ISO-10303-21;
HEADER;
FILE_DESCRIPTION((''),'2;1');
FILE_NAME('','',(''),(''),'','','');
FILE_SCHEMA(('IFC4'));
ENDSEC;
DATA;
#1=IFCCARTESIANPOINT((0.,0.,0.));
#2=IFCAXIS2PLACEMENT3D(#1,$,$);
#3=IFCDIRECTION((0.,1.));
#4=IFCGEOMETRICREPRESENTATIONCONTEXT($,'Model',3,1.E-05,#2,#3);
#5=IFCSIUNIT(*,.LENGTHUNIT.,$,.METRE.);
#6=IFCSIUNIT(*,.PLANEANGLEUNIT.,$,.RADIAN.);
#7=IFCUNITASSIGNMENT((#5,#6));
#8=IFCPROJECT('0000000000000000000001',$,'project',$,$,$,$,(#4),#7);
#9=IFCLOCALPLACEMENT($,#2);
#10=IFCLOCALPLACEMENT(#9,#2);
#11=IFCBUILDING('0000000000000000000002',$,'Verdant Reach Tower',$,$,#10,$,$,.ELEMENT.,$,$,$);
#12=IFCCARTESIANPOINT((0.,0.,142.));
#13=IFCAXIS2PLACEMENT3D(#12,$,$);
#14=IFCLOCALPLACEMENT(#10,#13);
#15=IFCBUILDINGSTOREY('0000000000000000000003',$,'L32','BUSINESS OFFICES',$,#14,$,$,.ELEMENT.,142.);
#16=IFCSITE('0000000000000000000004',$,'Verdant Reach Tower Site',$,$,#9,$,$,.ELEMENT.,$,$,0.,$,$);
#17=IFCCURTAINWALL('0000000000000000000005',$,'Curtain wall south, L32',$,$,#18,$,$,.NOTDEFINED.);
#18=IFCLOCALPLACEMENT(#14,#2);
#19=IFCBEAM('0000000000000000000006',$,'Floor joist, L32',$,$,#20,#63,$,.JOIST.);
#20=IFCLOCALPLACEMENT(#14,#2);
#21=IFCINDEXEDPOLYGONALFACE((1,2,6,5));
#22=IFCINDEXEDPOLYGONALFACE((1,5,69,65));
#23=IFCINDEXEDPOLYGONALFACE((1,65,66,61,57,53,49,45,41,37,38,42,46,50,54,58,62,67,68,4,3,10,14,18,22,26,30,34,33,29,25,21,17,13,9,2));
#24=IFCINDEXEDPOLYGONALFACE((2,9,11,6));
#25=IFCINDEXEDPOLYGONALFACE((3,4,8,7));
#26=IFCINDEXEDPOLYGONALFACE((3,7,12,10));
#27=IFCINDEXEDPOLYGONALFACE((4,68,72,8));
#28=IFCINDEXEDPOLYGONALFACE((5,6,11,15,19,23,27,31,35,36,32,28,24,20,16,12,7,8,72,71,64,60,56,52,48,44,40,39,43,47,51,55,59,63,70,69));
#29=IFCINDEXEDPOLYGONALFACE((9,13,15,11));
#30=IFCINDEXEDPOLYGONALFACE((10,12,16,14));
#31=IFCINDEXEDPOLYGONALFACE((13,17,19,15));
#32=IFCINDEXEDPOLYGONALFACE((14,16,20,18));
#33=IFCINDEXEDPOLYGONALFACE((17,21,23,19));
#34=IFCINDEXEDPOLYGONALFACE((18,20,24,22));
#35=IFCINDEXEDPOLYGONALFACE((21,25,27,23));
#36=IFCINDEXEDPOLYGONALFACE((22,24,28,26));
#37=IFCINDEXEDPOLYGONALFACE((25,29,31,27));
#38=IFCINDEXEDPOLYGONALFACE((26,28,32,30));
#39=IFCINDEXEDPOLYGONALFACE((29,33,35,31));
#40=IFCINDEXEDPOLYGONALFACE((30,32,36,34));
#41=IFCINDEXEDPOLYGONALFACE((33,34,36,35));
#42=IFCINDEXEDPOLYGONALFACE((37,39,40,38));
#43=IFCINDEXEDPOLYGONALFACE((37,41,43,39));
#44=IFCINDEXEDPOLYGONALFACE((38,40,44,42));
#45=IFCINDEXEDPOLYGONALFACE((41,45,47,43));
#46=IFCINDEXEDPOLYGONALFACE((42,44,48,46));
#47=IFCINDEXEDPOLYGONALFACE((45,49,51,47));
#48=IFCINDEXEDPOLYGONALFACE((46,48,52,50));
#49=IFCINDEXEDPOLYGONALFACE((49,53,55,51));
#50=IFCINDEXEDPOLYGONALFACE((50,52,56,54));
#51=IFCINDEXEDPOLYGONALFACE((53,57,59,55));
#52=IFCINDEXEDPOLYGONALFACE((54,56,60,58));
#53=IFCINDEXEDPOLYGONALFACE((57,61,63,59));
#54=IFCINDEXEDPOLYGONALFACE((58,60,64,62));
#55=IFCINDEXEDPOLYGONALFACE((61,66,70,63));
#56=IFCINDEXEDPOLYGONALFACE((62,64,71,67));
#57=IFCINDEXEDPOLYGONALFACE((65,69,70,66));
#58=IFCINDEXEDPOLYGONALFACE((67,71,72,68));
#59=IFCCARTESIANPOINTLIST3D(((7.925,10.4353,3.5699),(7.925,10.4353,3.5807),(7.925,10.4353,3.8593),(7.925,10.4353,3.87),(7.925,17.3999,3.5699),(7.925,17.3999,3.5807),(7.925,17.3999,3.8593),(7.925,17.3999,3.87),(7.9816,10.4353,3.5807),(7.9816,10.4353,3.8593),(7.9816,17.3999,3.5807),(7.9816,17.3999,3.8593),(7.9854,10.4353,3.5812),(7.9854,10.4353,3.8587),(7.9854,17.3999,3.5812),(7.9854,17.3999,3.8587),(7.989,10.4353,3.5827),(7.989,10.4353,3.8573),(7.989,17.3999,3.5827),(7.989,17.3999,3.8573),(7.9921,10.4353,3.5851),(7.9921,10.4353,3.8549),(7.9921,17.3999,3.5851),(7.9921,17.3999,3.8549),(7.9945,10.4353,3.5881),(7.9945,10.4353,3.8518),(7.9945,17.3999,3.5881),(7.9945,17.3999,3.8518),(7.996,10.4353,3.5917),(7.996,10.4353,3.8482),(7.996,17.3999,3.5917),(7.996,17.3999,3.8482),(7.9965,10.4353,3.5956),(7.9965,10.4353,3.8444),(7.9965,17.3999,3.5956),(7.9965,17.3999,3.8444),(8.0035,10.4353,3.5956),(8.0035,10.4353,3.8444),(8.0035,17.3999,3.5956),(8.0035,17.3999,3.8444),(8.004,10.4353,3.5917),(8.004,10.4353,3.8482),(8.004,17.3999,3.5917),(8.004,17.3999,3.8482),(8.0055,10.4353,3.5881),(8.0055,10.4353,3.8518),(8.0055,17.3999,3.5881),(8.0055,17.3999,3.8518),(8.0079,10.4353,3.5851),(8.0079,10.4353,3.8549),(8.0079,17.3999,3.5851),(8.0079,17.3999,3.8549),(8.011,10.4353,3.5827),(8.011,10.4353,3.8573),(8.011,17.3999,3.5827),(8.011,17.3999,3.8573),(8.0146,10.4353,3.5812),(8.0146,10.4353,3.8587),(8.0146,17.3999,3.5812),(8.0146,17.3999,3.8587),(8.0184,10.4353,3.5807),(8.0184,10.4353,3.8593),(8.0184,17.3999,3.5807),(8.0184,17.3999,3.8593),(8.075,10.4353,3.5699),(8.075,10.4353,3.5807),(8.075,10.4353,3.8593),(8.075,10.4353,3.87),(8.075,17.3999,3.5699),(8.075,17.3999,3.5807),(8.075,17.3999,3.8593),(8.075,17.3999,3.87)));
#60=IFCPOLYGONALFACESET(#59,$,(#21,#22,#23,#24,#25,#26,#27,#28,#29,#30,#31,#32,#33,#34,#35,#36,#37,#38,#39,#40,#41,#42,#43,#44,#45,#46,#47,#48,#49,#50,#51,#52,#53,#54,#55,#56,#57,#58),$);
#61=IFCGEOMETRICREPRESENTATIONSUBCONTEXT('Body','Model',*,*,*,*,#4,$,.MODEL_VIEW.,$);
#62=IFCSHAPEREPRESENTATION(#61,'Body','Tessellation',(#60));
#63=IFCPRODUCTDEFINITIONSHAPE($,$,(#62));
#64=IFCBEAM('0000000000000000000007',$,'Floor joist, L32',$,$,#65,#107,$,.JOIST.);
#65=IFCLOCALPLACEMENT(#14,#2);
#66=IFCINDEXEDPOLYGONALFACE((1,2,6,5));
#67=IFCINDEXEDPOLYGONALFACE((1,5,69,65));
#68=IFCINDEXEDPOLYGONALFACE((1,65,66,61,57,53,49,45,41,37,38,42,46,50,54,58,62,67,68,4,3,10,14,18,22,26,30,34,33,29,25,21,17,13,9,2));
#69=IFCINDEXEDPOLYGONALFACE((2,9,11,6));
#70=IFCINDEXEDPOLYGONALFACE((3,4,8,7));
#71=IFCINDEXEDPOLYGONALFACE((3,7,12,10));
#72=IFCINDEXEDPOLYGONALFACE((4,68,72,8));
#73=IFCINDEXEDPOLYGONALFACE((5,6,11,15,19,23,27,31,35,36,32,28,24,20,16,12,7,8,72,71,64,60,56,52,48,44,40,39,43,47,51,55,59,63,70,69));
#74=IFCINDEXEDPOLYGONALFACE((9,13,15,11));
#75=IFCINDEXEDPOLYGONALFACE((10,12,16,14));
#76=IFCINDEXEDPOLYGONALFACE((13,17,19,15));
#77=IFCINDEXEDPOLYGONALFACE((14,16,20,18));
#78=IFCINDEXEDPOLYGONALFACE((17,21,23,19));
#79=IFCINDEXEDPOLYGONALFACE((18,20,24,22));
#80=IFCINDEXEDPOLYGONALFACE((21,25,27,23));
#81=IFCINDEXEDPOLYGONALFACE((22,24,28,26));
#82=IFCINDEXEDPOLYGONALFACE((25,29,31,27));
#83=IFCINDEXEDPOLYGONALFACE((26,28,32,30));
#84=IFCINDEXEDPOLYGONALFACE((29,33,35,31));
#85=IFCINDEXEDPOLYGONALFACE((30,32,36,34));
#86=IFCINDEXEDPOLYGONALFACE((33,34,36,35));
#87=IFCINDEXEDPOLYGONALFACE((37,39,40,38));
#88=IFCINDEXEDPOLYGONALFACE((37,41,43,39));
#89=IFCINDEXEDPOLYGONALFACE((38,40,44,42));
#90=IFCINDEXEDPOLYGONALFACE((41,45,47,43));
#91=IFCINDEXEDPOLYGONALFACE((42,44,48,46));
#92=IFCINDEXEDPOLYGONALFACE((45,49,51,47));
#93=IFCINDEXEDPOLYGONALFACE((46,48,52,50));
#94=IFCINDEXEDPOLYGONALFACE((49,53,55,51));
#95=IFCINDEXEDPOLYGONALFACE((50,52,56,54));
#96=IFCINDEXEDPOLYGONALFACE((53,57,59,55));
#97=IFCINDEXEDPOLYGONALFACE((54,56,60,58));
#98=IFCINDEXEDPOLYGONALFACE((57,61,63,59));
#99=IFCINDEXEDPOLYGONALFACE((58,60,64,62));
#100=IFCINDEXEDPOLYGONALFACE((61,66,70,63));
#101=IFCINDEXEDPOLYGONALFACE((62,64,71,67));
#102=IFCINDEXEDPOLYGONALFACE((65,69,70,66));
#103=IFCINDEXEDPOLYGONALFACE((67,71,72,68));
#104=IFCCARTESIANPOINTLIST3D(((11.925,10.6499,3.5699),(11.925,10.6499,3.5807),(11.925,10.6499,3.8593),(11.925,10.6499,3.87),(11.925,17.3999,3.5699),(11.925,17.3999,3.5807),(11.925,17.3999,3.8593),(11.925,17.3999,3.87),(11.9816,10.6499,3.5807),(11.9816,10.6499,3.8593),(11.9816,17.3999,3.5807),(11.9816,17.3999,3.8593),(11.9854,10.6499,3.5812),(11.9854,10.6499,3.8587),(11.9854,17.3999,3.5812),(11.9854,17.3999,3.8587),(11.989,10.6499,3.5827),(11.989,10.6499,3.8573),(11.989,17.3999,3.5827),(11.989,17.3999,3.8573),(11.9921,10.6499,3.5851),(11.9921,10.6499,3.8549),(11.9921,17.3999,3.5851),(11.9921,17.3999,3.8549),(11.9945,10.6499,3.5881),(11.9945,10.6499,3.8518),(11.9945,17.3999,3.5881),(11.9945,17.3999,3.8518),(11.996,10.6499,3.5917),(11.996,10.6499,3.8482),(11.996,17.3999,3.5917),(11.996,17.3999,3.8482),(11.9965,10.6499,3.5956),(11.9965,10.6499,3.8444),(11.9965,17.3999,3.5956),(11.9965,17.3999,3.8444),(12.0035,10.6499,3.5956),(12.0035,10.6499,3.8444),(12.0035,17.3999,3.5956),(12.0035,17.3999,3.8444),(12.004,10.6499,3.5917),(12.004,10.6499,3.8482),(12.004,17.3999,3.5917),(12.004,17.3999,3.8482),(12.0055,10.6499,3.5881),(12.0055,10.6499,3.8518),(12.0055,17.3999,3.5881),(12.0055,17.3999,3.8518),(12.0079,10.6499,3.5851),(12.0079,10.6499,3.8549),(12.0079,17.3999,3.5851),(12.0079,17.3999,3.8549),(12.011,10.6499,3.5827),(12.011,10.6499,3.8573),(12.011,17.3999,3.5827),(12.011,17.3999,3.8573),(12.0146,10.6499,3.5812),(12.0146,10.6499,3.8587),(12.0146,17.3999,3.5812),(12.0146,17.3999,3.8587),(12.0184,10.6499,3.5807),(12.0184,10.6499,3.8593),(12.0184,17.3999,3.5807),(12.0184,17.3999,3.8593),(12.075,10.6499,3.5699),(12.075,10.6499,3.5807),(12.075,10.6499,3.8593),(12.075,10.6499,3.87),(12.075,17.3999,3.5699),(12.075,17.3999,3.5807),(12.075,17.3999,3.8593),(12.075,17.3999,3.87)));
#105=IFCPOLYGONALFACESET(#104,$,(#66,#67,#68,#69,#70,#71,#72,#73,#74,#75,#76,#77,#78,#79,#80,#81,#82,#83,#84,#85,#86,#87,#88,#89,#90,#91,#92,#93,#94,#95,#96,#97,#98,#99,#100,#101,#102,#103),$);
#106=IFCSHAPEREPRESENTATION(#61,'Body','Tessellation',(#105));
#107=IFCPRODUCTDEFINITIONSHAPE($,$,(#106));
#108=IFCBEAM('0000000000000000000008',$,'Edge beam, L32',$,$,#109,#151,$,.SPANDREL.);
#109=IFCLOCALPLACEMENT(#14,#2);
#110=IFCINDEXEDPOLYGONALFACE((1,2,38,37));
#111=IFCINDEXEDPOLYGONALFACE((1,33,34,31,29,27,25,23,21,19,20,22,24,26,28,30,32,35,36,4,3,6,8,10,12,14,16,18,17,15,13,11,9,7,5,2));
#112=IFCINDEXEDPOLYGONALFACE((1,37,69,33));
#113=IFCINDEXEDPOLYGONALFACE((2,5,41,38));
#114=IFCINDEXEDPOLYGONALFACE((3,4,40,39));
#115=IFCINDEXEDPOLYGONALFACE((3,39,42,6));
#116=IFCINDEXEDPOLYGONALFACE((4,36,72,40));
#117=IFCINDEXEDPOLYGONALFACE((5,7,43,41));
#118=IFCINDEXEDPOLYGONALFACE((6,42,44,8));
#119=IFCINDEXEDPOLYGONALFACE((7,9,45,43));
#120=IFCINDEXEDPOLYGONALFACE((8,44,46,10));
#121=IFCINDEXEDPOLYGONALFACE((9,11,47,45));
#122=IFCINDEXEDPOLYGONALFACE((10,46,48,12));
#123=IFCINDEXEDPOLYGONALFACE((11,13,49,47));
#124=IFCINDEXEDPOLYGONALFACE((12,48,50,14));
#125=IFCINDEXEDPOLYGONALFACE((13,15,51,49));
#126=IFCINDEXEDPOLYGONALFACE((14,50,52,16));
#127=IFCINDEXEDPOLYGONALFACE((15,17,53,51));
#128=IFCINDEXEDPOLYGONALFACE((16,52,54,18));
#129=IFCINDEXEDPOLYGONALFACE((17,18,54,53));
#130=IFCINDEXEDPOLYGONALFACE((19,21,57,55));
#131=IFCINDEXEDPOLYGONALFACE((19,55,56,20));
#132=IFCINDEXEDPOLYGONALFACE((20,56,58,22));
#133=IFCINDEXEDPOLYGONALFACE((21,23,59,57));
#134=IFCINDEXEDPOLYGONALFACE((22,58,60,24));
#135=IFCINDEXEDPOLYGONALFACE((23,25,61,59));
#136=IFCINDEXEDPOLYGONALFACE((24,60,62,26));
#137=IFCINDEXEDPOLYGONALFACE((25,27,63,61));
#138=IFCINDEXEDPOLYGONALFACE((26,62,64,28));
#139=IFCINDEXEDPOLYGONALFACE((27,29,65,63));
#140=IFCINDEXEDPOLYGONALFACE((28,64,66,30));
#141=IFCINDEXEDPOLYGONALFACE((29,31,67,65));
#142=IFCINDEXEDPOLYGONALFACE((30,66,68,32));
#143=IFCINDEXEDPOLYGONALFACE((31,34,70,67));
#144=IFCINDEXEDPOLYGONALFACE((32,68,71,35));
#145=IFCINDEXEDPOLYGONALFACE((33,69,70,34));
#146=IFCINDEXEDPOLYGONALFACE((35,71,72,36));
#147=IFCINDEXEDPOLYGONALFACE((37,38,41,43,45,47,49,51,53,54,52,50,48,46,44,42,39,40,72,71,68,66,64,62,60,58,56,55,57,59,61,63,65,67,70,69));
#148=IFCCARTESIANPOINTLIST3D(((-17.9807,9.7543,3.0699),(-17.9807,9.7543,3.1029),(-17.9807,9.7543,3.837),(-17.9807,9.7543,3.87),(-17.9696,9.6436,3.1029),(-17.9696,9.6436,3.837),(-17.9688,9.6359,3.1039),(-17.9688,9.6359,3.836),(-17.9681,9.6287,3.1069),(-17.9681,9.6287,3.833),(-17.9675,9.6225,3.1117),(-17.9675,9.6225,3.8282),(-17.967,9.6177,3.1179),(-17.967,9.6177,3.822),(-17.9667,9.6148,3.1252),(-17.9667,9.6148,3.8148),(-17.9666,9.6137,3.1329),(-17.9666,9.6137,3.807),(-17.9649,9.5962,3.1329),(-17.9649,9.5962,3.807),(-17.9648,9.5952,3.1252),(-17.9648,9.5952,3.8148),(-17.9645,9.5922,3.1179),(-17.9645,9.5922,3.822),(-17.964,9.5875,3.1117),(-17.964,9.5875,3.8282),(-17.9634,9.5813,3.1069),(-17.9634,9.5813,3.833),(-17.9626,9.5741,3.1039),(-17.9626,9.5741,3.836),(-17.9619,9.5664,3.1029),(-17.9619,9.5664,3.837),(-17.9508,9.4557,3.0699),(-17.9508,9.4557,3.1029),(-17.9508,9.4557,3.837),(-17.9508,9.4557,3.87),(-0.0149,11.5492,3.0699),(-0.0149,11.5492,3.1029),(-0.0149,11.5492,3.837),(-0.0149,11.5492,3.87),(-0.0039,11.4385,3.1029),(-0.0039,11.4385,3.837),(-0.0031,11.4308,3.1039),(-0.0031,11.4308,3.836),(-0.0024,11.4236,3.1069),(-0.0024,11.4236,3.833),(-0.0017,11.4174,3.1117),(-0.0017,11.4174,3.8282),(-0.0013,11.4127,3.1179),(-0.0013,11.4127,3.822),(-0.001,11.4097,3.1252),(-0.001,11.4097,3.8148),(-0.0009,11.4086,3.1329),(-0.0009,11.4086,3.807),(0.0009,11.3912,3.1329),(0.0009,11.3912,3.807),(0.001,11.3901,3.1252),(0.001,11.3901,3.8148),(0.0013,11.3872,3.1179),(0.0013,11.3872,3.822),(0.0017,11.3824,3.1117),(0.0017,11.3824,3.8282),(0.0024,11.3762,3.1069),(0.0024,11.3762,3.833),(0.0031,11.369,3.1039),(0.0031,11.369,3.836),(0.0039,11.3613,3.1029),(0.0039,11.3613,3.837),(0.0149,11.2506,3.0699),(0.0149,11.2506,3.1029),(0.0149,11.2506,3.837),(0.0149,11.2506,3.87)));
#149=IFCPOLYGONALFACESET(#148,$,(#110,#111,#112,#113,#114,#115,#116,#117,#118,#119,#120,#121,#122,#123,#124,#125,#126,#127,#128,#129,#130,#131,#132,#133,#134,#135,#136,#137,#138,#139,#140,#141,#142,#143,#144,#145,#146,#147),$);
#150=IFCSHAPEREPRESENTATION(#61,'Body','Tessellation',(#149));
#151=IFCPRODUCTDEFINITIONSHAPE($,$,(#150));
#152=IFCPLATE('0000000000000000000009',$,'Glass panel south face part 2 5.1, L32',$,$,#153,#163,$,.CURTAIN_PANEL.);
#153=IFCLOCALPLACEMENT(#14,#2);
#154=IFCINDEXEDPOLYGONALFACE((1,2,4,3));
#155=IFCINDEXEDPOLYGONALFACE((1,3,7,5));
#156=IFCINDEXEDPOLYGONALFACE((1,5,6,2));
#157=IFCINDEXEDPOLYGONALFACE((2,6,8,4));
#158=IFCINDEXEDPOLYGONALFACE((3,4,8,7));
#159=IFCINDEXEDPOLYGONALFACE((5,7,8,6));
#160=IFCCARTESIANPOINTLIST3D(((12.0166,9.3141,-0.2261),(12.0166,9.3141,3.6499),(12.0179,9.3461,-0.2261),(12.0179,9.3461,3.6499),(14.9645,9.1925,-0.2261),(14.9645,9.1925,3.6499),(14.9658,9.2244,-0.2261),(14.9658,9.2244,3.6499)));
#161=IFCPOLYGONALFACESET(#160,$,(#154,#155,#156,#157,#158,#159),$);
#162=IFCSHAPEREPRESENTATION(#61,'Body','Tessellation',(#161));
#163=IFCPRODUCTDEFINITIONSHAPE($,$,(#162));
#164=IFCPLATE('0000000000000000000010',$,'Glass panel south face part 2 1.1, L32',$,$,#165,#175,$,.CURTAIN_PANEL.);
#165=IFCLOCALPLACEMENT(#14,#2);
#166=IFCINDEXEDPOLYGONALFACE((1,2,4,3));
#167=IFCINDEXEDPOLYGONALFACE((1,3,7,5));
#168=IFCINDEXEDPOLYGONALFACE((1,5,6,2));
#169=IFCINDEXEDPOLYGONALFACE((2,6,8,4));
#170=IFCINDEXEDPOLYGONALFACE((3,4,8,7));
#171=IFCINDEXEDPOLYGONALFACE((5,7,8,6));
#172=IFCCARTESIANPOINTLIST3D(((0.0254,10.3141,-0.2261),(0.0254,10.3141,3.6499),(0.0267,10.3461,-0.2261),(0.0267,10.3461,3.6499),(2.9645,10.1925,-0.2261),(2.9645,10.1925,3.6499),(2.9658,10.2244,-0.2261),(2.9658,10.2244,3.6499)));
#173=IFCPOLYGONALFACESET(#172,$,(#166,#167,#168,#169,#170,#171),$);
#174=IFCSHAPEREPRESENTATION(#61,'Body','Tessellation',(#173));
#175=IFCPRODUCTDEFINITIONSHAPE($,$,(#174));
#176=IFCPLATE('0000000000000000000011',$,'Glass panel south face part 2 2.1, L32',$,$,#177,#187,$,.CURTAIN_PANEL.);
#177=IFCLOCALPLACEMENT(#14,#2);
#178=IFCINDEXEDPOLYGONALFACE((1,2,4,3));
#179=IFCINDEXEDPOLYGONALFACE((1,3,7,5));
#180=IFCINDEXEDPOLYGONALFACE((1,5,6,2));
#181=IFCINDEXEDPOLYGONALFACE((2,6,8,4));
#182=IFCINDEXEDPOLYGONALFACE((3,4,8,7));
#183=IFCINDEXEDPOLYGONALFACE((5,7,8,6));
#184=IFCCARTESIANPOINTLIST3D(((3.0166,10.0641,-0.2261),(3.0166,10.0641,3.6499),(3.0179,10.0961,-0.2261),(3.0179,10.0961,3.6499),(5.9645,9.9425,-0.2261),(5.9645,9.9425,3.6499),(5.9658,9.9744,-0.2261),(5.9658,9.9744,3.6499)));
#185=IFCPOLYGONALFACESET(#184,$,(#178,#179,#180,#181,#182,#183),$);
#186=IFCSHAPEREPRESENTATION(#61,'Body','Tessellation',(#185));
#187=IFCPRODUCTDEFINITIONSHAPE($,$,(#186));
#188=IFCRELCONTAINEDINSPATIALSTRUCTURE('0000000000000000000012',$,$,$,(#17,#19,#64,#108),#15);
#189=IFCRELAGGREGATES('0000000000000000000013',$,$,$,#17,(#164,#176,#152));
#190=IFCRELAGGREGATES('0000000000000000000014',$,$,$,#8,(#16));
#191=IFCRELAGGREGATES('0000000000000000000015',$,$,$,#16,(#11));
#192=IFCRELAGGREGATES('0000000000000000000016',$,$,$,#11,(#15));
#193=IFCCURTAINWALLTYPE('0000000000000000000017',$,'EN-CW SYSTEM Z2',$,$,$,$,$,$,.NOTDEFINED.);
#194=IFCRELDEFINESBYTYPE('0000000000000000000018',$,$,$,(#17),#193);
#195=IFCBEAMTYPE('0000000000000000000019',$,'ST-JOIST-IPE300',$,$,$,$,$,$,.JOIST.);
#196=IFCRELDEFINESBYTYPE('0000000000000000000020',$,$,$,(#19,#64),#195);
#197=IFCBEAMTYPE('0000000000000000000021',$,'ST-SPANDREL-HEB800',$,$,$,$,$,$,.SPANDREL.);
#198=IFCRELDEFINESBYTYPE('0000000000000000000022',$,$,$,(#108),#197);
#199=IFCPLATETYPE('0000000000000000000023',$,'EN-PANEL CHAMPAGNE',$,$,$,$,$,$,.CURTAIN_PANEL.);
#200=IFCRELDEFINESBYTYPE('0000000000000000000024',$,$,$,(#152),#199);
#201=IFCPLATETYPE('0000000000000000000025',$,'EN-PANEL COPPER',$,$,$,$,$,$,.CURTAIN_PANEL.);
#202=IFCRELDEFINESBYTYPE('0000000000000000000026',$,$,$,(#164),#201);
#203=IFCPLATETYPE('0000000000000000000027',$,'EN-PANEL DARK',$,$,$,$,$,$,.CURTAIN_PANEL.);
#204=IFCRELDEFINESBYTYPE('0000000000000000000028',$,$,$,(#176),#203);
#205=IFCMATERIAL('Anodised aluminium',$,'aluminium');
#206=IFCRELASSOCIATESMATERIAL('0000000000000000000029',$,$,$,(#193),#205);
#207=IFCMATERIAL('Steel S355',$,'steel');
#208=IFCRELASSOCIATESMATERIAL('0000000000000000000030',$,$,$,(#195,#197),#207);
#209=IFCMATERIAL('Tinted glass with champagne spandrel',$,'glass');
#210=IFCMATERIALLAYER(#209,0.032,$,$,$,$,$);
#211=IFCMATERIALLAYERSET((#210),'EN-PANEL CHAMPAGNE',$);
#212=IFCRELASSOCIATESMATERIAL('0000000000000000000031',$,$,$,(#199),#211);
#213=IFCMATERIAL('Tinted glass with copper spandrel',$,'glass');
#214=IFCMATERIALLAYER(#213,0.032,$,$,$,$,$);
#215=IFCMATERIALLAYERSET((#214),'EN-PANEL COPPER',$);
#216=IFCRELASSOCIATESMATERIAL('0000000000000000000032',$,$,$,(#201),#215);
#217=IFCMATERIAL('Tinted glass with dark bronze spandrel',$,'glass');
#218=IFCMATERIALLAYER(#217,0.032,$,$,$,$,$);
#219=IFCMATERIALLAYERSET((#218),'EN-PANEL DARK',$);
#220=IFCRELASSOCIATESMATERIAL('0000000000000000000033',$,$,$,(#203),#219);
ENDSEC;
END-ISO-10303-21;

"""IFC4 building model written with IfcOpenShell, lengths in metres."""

from ifc_helpers import new_model, si_unit, direction, frame, origin, origin_2d, place, context, subcontext, project, spatial, rectangle, i_section, extrude, material, layer, layer_set, material_profile, profile_set, type_object, element, aggregate, save


model = new_model("IFC4")

# Units and contexts
model_context = context("Model", 3, precision=1e-05, world=origin(), true_north=direction((0.0, 1.0)))
body_context = subcontext(model_context, "Body", "Model", "MODEL_VIEW")
ifc_project = project(units=[si_unit("LENGTHUNIT", "METRE"), si_unit("PLANEANGLEUNIT", "RADIAN")], contexts=[model_context])

# Site, building, storey
site_placement = place(None, origin())
site = spatial("IfcSite", under=ifc_project, at=site_placement, Name="Verdant Reach Tower Site", CompositionType="ELEMENT", RefElevation=0.0)
building_placement = place(site_placement, origin())
building = spatial("IfcBuilding", under=site, at=building_placement, Name="Verdant Reach Tower", CompositionType="ELEMENT")
storey_placement = place(building_placement, frame((0.0, 0.0, 142.0)))
storey = spatial("IfcBuildingStorey", under=building, at=storey_placement, Name="L32", Description="BUSINESS OFFICES", CompositionType="ELEMENT", Elevation=142.0)

# Curtain wall
ifc_material_1 = material(Name="Anodised aluminium", Category="aluminium")
curtain_wall_type = type_object("IfcCurtainWallType", Name="EN-CW SYSTEM Z2", PredefinedType="NOTDEFINED", material=ifc_material_1)
curtain_wall_placement = place(storey_placement, origin())
curtain_wall = element("IfcCurtainWall", 1, at=curtain_wall_placement, inside=storey, type_object=curtain_wall_type, Name="Curtain wall south, L32", PredefinedType="NOTDEFINED")

# Beams
ifc_material_2 = material(Name="Steel S355", Category="steel")
ifc_material_profile_1 = material_profile(ifc_material_2, i_section(OverallWidth=0.1499, OverallDepth=0.3, WebThickness=0.0071, FlangeThickness=0.0107, FilletRadius=0.0149, at=origin_2d()), Name="IPE 300")
ifc_profile_set_1 = profile_set([ifc_material_profile_1], Name="Steel S355")
beam_type_1 = type_object("IfcBeamType", Name="ST-JOIST-IPE300", PredefinedType="JOIST", material=ifc_profile_set_1)
beam_1_placement = place(storey_placement, frame((8.0, 17.3999, 3.72), z_axis=(0.0, -1.0, 0.0), x_axis=(1.0, 0.0, 0.0)))
element("IfcBeam", 2, at=beam_1_placement, inside=storey, type_object=beam_type_1, Name="Floor joist, L32", PredefinedType="JOIST", context=body_context, shape_type="SweptSolid", body=[
    extrude(i_section(OverallWidth=0.1499, OverallDepth=0.3, WebThickness=0.0071, FlangeThickness=0.0107, FilletRadius=0.0149, at=origin_2d()), origin(), (0.0, 0.0, 1.0), 6.9646),
])
beam_2_placement = place(storey_placement, frame((12.0, 17.3999, 3.72), z_axis=(0.0, -1.0, 0.0), x_axis=(1.0, 0.0, 0.0)))
element("IfcBeam", 3, at=beam_2_placement, inside=storey, type_object=beam_type_1, Name="Floor joist, L32", PredefinedType="JOIST", context=body_context, shape_type="SweptSolid", body=[
    extrude(i_section(OverallWidth=0.1499, OverallDepth=0.3, WebThickness=0.0071, FlangeThickness=0.0107, FilletRadius=0.0149, at=origin_2d()), origin(), (0.0, 0.0, 1.0), 6.75),
])
ifc_material_profile_2 = material_profile(ifc_material_2, i_section(OverallWidth=0.3, OverallDepth=0.8, WebThickness=0.0176, FlangeThickness=0.033, FilletRadius=0.03, at=origin_2d()), Name="HEB 800")
ifc_profile_set_2 = profile_set([ifc_material_profile_2], Name="Steel S355")
beam_type_2 = type_object("IfcBeamType", Name="ST-SPANDREL-HEB800", PredefinedType="SPANDREL", material=ifc_profile_set_2)
beam_3_placement = place(storey_placement, frame((0.0, 11.3999, 3.47), z_axis=(-0.995046, -0.099413, 0.0), x_axis=(0.099413, -0.995046, 0.0)))
element("IfcBeam", 4, at=beam_3_placement, inside=storey, type_object=beam_type_2, Name="Edge beam, L32", PredefinedType="SPANDREL", context=body_context, shape_type="SweptSolid", body=[
    extrude(i_section(OverallWidth=0.3, OverallDepth=0.8, WebThickness=0.0176, FlangeThickness=0.033, FilletRadius=0.03, at=origin_2d()), origin(), (0.0, 0.0, 1.0), 18.0552),
])

# Plates
ifc_material_3 = material(Name="Tinted glass with champagne spandrel", Category="glass")
ifc_layer_1 = layer(ifc_material_3, 0.032)
ifc_layer_set_1 = layer_set([ifc_layer_1], Name="EN-PANEL CHAMPAGNE")
plate_type_1 = type_object("IfcPlateType", Name="EN-PANEL CHAMPAGNE", PredefinedType="CURTAIN_PANEL", material=ifc_layer_set_1)
plate_1_placement = place(storey_placement, frame((13.4912, 9.2693, -0.2261), z_axis=(0.0, 0.0, 1.0), x_axis=(0.999149, -0.041242, 0.0)))
plate_1 = element("IfcPlate", 5, at=plate_1_placement, type_object=plate_type_1, Name="Glass panel south face part 2 5.1, L32", PredefinedType="CURTAIN_PANEL", context=body_context, shape_type="SweptSolid", body=[
    extrude(rectangle(XDim=2.9504, YDim=0.032, at=origin_2d()), origin(), (0.0, 0.0, 1.0), 3.876),
])
ifc_material_4 = material(Name="Tinted glass with copper spandrel", Category="glass")
ifc_layer_2 = layer(ifc_material_4, 0.032)
ifc_layer_set_2 = layer_set([ifc_layer_2], Name="EN-PANEL COPPER")
plate_type_2 = type_object("IfcPlateType", Name="EN-PANEL COPPER", PredefinedType="CURTAIN_PANEL", material=ifc_layer_set_2)
plate_2_placement = place(storey_placement, frame((1.4956, 10.2693, -0.2261), z_axis=(0.0, 0.0, 1.0), x_axis=(0.999144, -0.041364, 0.0)))
plate_2 = element("IfcPlate", 6, at=plate_2_placement, type_object=plate_type_2, Name="Glass panel south face part 2 1.1, L32", PredefinedType="CURTAIN_PANEL", context=body_context, shape_type="SweptSolid", body=[
    extrude(rectangle(XDim=2.9417, YDim=0.032, at=origin_2d()), origin(), (0.0, 0.0, 1.0), 3.876),
])
ifc_material_5 = material(Name="Tinted glass with dark bronze spandrel", Category="glass")
ifc_layer_3 = layer(ifc_material_5, 0.032)
ifc_layer_set_3 = layer_set([ifc_layer_3], Name="EN-PANEL DARK")
plate_type_3 = type_object("IfcPlateType", Name="EN-PANEL DARK", PredefinedType="CURTAIN_PANEL", material=ifc_layer_set_3)
plate_3_placement = place(storey_placement, frame((4.4912, 10.0193, -0.2261), z_axis=(0.0, 0.0, 1.0), x_axis=(0.999149, -0.041242, 0.0)))
plate_3 = element("IfcPlate", 7, at=plate_3_placement, type_object=plate_type_3, Name="Glass panel south face part 2 2.1, L32", PredefinedType="CURTAIN_PANEL", context=body_context, shape_type="SweptSolid", body=[
    extrude(rectangle(XDim=2.9504, YDim=0.032, at=origin_2d()), origin(), (0.0, 0.0, 1.0), 3.876),
])
aggregate(curtain_wall, [plate_2, plate_3, plate_1])

save(model, "model.ifc")
